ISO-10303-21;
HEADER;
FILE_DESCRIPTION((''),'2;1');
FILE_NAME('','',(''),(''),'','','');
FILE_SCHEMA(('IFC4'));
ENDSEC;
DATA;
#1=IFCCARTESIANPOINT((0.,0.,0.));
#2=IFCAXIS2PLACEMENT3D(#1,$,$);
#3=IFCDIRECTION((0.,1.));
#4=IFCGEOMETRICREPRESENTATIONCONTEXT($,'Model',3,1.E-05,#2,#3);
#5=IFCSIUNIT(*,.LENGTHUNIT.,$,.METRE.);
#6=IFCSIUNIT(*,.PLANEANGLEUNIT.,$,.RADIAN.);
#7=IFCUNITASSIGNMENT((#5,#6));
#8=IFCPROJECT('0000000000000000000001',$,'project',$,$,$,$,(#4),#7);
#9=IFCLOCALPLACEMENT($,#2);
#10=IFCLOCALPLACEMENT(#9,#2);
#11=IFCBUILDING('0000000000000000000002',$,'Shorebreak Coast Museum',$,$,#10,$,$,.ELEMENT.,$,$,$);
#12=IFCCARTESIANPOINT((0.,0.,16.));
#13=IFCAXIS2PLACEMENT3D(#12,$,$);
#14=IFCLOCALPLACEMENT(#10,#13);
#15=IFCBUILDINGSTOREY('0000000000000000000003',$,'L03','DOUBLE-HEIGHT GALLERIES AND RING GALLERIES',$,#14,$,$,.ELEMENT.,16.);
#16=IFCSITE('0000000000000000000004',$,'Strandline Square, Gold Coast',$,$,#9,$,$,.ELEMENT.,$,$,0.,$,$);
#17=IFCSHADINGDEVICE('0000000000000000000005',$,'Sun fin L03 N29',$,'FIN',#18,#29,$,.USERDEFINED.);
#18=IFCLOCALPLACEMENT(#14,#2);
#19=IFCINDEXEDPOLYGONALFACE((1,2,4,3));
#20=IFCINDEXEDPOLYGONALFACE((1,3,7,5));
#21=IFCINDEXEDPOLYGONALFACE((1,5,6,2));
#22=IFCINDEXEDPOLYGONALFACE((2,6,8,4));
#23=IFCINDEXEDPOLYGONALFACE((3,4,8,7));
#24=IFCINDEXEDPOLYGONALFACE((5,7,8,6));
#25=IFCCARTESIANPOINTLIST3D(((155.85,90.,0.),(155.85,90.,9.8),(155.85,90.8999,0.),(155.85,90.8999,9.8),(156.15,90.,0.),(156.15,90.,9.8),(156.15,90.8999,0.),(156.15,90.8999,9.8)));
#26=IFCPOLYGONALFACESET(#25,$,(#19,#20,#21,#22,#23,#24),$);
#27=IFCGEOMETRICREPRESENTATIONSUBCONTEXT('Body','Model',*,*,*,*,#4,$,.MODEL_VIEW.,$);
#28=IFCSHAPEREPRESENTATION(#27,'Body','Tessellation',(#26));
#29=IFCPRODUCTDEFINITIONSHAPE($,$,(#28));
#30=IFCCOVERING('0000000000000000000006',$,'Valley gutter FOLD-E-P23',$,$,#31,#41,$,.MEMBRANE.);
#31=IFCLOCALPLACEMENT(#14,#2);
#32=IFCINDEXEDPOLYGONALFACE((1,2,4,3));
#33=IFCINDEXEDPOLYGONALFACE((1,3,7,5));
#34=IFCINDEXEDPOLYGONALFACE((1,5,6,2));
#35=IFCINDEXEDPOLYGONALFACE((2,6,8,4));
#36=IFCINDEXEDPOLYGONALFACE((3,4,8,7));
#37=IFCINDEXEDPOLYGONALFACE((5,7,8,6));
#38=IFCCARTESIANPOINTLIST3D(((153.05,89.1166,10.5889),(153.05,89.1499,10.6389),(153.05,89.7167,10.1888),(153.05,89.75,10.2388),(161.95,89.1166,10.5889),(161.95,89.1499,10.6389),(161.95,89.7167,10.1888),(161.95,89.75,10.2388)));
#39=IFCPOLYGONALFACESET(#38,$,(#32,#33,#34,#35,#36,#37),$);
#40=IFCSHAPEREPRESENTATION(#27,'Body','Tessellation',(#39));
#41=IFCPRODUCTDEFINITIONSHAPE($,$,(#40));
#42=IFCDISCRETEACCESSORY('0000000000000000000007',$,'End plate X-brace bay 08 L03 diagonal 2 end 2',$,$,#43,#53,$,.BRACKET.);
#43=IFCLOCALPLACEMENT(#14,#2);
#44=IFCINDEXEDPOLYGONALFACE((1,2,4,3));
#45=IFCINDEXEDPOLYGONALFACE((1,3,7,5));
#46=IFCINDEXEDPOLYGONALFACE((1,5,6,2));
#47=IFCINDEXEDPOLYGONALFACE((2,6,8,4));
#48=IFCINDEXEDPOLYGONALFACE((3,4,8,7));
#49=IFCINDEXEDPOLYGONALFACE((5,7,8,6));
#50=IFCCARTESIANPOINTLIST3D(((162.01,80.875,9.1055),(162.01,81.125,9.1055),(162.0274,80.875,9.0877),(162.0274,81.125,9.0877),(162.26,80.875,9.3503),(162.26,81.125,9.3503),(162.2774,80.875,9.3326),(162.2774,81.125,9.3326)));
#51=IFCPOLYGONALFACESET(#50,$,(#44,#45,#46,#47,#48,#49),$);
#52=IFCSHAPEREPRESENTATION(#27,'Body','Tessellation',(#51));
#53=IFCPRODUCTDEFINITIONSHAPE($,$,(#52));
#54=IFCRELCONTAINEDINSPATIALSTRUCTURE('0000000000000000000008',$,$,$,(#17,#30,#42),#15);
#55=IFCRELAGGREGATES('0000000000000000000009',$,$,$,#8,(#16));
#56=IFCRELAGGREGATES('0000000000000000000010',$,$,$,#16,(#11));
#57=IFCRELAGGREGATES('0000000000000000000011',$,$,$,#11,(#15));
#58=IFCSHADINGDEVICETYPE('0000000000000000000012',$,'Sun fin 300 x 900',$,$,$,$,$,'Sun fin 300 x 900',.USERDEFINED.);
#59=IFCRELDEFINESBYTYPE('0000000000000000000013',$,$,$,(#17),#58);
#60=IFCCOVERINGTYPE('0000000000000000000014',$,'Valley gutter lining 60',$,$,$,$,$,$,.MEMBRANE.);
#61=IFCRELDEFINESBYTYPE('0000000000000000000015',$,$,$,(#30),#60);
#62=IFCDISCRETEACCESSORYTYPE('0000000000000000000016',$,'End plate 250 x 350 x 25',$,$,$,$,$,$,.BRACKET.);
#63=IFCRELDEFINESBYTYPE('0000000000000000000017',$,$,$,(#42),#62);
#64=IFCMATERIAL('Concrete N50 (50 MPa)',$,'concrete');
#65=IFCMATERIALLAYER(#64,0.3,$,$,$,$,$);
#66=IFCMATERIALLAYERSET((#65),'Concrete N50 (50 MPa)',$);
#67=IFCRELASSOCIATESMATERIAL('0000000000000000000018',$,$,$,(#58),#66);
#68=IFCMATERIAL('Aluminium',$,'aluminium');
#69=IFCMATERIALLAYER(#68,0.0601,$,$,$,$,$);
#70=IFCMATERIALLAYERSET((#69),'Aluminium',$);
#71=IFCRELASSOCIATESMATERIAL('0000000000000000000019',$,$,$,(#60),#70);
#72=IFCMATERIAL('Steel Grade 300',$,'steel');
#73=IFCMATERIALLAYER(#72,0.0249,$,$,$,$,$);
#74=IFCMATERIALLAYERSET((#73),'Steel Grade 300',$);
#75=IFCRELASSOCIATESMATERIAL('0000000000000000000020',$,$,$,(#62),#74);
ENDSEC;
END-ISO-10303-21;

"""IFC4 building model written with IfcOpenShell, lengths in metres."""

from ifc_helpers import new_model, si_unit, direction, frame, origin, origin_2d, place, context, subcontext, project, spatial, polyline, rectangle, outline, extrude, material, layer, layer_set, type_object, element, save


model = new_model("IFC4")

# Units and contexts
model_context = context("Model", 3, precision=1e-05, world=origin(), true_north=direction((0.0, 1.0)))
body_context = subcontext(model_context, "Body", "Model", "MODEL_VIEW")
ifc_project = project(units=[si_unit("LENGTHUNIT", "METRE"), si_unit("PLANEANGLEUNIT", "RADIAN")], contexts=[model_context])

# Site, building, storey
site_placement = place(None, origin())
site = spatial("IfcSite", under=ifc_project, at=site_placement, Name="Strandline Square, Gold Coast", CompositionType="ELEMENT", RefElevation=0.0)
building_placement = place(site_placement, origin())
building = spatial("IfcBuilding", under=site, at=building_placement, Name="Shorebreak Coast Museum", CompositionType="ELEMENT")
storey_placement = place(building_placement, frame((0.0, 0.0, 16.0)))
storey = spatial("IfcBuildingStorey", under=building, at=storey_placement, Name="L03", Description="DOUBLE-HEIGHT GALLERIES AND RING GALLERIES", CompositionType="ELEMENT", Elevation=16.0)

# Shading device
ifc_material_1 = material(Name="Concrete N50 (50 MPa)", Category="concrete")
ifc_layer_1 = layer(ifc_material_1, 0.3)
ifc_layer_set_1 = layer_set([ifc_layer_1], Name="Concrete N50 (50 MPa)")
shading_device_type = type_object("IfcShadingDeviceType", Name="Sun fin 300 x 900", ElementType="Sun fin 300 x 900", PredefinedType="USERDEFINED", material=ifc_layer_set_1)
for number, where, z_axis, x_axis, name in (
    (1, (156.0, 90.45, 0.0), (0.0, 0.0, 1.0), (1.0, 0.0, 0.0), "Sun fin L03 N29"),
):
    element("IfcShadingDevice", number, at=place(storey_placement, frame(where, z_axis=z_axis, x_axis=x_axis)), inside=storey, type_object=shading_device_type, Name=name, ObjectType="FIN", PredefinedType="USERDEFINED", context=body_context, shape_type="SweptSolid", body=[
        extrude(rectangle(XDim=0.3, YDim=0.8999, at=origin_2d()), origin(), (0.0, 0.0, 1.0), 9.8),
    ])

# Covering
ifc_material_2 = material(Name="Aluminium", Category="aluminium")
ifc_layer_2 = layer(ifc_material_2, 0.0601)
ifc_layer_set_2 = layer_set([ifc_layer_2], Name="Aluminium")
covering_type_1 = type_object("IfcCoveringType", Name="Valley gutter lining 60", PredefinedType="MEMBRANE", material=ifc_layer_set_2)
covering_1_placement = place(storey_placement, frame((153.05, 89.1499, 10.6389), z_axis=(0.0, 0.554778, 0.831998), x_axis=(1.0, 0.0, 0.0)))
element("IfcCovering", 2, at=covering_1_placement, inside=storey, type_object=covering_type_1, Name="Valley gutter FOLD-E-P23", PredefinedType="MEMBRANE", context=body_context, shape_type="SweptSolid", body=[
    extrude(outline(polyline([(0.0, 0.0), (8.8999, 0.0), (8.8999, 0.7213), (0.0, 0.7213), (0.0, 0.0)])), origin(), (0.0, 0.0, -1.0), 0.0601),
])

# Discrete accessory
ifc_material_3 = material(Name="Steel Grade 300", Category="steel")
ifc_layer_3 = layer(ifc_material_3, 0.0249)
ifc_layer_set_3 = layer_set([ifc_layer_3], Name="Steel Grade 300")
discrete_accessory_type = type_object("IfcDiscreteAccessoryType", Name="End plate 250 x 350 x 25", PredefinedType="BRACKET", material=ifc_layer_set_3)
discrete_accessory_placement = place(storey_placement, frame((162.01, 81.125, 9.1055), z_axis=(-0.699744, 0.0, 0.714394), x_axis=(0.0, -1.0, 0.0)))
element("IfcDiscreteAccessory", 3, at=discrete_accessory_placement, inside=storey, type_object=discrete_accessory_type, Name="End plate X-brace bay 08 L03 diagonal 2 end 2", PredefinedType="BRACKET", context=body_context, shape_type="SweptSolid", body=[
    extrude(outline(polyline([(0.0, 0.0), (0.25, 0.0), (0.25, 0.3499), (0.0, 0.3499), (0.0, 0.0)])), origin(), (0.0, 0.0, -1.0), 0.0249),
])

save(model, "model.ifc")
